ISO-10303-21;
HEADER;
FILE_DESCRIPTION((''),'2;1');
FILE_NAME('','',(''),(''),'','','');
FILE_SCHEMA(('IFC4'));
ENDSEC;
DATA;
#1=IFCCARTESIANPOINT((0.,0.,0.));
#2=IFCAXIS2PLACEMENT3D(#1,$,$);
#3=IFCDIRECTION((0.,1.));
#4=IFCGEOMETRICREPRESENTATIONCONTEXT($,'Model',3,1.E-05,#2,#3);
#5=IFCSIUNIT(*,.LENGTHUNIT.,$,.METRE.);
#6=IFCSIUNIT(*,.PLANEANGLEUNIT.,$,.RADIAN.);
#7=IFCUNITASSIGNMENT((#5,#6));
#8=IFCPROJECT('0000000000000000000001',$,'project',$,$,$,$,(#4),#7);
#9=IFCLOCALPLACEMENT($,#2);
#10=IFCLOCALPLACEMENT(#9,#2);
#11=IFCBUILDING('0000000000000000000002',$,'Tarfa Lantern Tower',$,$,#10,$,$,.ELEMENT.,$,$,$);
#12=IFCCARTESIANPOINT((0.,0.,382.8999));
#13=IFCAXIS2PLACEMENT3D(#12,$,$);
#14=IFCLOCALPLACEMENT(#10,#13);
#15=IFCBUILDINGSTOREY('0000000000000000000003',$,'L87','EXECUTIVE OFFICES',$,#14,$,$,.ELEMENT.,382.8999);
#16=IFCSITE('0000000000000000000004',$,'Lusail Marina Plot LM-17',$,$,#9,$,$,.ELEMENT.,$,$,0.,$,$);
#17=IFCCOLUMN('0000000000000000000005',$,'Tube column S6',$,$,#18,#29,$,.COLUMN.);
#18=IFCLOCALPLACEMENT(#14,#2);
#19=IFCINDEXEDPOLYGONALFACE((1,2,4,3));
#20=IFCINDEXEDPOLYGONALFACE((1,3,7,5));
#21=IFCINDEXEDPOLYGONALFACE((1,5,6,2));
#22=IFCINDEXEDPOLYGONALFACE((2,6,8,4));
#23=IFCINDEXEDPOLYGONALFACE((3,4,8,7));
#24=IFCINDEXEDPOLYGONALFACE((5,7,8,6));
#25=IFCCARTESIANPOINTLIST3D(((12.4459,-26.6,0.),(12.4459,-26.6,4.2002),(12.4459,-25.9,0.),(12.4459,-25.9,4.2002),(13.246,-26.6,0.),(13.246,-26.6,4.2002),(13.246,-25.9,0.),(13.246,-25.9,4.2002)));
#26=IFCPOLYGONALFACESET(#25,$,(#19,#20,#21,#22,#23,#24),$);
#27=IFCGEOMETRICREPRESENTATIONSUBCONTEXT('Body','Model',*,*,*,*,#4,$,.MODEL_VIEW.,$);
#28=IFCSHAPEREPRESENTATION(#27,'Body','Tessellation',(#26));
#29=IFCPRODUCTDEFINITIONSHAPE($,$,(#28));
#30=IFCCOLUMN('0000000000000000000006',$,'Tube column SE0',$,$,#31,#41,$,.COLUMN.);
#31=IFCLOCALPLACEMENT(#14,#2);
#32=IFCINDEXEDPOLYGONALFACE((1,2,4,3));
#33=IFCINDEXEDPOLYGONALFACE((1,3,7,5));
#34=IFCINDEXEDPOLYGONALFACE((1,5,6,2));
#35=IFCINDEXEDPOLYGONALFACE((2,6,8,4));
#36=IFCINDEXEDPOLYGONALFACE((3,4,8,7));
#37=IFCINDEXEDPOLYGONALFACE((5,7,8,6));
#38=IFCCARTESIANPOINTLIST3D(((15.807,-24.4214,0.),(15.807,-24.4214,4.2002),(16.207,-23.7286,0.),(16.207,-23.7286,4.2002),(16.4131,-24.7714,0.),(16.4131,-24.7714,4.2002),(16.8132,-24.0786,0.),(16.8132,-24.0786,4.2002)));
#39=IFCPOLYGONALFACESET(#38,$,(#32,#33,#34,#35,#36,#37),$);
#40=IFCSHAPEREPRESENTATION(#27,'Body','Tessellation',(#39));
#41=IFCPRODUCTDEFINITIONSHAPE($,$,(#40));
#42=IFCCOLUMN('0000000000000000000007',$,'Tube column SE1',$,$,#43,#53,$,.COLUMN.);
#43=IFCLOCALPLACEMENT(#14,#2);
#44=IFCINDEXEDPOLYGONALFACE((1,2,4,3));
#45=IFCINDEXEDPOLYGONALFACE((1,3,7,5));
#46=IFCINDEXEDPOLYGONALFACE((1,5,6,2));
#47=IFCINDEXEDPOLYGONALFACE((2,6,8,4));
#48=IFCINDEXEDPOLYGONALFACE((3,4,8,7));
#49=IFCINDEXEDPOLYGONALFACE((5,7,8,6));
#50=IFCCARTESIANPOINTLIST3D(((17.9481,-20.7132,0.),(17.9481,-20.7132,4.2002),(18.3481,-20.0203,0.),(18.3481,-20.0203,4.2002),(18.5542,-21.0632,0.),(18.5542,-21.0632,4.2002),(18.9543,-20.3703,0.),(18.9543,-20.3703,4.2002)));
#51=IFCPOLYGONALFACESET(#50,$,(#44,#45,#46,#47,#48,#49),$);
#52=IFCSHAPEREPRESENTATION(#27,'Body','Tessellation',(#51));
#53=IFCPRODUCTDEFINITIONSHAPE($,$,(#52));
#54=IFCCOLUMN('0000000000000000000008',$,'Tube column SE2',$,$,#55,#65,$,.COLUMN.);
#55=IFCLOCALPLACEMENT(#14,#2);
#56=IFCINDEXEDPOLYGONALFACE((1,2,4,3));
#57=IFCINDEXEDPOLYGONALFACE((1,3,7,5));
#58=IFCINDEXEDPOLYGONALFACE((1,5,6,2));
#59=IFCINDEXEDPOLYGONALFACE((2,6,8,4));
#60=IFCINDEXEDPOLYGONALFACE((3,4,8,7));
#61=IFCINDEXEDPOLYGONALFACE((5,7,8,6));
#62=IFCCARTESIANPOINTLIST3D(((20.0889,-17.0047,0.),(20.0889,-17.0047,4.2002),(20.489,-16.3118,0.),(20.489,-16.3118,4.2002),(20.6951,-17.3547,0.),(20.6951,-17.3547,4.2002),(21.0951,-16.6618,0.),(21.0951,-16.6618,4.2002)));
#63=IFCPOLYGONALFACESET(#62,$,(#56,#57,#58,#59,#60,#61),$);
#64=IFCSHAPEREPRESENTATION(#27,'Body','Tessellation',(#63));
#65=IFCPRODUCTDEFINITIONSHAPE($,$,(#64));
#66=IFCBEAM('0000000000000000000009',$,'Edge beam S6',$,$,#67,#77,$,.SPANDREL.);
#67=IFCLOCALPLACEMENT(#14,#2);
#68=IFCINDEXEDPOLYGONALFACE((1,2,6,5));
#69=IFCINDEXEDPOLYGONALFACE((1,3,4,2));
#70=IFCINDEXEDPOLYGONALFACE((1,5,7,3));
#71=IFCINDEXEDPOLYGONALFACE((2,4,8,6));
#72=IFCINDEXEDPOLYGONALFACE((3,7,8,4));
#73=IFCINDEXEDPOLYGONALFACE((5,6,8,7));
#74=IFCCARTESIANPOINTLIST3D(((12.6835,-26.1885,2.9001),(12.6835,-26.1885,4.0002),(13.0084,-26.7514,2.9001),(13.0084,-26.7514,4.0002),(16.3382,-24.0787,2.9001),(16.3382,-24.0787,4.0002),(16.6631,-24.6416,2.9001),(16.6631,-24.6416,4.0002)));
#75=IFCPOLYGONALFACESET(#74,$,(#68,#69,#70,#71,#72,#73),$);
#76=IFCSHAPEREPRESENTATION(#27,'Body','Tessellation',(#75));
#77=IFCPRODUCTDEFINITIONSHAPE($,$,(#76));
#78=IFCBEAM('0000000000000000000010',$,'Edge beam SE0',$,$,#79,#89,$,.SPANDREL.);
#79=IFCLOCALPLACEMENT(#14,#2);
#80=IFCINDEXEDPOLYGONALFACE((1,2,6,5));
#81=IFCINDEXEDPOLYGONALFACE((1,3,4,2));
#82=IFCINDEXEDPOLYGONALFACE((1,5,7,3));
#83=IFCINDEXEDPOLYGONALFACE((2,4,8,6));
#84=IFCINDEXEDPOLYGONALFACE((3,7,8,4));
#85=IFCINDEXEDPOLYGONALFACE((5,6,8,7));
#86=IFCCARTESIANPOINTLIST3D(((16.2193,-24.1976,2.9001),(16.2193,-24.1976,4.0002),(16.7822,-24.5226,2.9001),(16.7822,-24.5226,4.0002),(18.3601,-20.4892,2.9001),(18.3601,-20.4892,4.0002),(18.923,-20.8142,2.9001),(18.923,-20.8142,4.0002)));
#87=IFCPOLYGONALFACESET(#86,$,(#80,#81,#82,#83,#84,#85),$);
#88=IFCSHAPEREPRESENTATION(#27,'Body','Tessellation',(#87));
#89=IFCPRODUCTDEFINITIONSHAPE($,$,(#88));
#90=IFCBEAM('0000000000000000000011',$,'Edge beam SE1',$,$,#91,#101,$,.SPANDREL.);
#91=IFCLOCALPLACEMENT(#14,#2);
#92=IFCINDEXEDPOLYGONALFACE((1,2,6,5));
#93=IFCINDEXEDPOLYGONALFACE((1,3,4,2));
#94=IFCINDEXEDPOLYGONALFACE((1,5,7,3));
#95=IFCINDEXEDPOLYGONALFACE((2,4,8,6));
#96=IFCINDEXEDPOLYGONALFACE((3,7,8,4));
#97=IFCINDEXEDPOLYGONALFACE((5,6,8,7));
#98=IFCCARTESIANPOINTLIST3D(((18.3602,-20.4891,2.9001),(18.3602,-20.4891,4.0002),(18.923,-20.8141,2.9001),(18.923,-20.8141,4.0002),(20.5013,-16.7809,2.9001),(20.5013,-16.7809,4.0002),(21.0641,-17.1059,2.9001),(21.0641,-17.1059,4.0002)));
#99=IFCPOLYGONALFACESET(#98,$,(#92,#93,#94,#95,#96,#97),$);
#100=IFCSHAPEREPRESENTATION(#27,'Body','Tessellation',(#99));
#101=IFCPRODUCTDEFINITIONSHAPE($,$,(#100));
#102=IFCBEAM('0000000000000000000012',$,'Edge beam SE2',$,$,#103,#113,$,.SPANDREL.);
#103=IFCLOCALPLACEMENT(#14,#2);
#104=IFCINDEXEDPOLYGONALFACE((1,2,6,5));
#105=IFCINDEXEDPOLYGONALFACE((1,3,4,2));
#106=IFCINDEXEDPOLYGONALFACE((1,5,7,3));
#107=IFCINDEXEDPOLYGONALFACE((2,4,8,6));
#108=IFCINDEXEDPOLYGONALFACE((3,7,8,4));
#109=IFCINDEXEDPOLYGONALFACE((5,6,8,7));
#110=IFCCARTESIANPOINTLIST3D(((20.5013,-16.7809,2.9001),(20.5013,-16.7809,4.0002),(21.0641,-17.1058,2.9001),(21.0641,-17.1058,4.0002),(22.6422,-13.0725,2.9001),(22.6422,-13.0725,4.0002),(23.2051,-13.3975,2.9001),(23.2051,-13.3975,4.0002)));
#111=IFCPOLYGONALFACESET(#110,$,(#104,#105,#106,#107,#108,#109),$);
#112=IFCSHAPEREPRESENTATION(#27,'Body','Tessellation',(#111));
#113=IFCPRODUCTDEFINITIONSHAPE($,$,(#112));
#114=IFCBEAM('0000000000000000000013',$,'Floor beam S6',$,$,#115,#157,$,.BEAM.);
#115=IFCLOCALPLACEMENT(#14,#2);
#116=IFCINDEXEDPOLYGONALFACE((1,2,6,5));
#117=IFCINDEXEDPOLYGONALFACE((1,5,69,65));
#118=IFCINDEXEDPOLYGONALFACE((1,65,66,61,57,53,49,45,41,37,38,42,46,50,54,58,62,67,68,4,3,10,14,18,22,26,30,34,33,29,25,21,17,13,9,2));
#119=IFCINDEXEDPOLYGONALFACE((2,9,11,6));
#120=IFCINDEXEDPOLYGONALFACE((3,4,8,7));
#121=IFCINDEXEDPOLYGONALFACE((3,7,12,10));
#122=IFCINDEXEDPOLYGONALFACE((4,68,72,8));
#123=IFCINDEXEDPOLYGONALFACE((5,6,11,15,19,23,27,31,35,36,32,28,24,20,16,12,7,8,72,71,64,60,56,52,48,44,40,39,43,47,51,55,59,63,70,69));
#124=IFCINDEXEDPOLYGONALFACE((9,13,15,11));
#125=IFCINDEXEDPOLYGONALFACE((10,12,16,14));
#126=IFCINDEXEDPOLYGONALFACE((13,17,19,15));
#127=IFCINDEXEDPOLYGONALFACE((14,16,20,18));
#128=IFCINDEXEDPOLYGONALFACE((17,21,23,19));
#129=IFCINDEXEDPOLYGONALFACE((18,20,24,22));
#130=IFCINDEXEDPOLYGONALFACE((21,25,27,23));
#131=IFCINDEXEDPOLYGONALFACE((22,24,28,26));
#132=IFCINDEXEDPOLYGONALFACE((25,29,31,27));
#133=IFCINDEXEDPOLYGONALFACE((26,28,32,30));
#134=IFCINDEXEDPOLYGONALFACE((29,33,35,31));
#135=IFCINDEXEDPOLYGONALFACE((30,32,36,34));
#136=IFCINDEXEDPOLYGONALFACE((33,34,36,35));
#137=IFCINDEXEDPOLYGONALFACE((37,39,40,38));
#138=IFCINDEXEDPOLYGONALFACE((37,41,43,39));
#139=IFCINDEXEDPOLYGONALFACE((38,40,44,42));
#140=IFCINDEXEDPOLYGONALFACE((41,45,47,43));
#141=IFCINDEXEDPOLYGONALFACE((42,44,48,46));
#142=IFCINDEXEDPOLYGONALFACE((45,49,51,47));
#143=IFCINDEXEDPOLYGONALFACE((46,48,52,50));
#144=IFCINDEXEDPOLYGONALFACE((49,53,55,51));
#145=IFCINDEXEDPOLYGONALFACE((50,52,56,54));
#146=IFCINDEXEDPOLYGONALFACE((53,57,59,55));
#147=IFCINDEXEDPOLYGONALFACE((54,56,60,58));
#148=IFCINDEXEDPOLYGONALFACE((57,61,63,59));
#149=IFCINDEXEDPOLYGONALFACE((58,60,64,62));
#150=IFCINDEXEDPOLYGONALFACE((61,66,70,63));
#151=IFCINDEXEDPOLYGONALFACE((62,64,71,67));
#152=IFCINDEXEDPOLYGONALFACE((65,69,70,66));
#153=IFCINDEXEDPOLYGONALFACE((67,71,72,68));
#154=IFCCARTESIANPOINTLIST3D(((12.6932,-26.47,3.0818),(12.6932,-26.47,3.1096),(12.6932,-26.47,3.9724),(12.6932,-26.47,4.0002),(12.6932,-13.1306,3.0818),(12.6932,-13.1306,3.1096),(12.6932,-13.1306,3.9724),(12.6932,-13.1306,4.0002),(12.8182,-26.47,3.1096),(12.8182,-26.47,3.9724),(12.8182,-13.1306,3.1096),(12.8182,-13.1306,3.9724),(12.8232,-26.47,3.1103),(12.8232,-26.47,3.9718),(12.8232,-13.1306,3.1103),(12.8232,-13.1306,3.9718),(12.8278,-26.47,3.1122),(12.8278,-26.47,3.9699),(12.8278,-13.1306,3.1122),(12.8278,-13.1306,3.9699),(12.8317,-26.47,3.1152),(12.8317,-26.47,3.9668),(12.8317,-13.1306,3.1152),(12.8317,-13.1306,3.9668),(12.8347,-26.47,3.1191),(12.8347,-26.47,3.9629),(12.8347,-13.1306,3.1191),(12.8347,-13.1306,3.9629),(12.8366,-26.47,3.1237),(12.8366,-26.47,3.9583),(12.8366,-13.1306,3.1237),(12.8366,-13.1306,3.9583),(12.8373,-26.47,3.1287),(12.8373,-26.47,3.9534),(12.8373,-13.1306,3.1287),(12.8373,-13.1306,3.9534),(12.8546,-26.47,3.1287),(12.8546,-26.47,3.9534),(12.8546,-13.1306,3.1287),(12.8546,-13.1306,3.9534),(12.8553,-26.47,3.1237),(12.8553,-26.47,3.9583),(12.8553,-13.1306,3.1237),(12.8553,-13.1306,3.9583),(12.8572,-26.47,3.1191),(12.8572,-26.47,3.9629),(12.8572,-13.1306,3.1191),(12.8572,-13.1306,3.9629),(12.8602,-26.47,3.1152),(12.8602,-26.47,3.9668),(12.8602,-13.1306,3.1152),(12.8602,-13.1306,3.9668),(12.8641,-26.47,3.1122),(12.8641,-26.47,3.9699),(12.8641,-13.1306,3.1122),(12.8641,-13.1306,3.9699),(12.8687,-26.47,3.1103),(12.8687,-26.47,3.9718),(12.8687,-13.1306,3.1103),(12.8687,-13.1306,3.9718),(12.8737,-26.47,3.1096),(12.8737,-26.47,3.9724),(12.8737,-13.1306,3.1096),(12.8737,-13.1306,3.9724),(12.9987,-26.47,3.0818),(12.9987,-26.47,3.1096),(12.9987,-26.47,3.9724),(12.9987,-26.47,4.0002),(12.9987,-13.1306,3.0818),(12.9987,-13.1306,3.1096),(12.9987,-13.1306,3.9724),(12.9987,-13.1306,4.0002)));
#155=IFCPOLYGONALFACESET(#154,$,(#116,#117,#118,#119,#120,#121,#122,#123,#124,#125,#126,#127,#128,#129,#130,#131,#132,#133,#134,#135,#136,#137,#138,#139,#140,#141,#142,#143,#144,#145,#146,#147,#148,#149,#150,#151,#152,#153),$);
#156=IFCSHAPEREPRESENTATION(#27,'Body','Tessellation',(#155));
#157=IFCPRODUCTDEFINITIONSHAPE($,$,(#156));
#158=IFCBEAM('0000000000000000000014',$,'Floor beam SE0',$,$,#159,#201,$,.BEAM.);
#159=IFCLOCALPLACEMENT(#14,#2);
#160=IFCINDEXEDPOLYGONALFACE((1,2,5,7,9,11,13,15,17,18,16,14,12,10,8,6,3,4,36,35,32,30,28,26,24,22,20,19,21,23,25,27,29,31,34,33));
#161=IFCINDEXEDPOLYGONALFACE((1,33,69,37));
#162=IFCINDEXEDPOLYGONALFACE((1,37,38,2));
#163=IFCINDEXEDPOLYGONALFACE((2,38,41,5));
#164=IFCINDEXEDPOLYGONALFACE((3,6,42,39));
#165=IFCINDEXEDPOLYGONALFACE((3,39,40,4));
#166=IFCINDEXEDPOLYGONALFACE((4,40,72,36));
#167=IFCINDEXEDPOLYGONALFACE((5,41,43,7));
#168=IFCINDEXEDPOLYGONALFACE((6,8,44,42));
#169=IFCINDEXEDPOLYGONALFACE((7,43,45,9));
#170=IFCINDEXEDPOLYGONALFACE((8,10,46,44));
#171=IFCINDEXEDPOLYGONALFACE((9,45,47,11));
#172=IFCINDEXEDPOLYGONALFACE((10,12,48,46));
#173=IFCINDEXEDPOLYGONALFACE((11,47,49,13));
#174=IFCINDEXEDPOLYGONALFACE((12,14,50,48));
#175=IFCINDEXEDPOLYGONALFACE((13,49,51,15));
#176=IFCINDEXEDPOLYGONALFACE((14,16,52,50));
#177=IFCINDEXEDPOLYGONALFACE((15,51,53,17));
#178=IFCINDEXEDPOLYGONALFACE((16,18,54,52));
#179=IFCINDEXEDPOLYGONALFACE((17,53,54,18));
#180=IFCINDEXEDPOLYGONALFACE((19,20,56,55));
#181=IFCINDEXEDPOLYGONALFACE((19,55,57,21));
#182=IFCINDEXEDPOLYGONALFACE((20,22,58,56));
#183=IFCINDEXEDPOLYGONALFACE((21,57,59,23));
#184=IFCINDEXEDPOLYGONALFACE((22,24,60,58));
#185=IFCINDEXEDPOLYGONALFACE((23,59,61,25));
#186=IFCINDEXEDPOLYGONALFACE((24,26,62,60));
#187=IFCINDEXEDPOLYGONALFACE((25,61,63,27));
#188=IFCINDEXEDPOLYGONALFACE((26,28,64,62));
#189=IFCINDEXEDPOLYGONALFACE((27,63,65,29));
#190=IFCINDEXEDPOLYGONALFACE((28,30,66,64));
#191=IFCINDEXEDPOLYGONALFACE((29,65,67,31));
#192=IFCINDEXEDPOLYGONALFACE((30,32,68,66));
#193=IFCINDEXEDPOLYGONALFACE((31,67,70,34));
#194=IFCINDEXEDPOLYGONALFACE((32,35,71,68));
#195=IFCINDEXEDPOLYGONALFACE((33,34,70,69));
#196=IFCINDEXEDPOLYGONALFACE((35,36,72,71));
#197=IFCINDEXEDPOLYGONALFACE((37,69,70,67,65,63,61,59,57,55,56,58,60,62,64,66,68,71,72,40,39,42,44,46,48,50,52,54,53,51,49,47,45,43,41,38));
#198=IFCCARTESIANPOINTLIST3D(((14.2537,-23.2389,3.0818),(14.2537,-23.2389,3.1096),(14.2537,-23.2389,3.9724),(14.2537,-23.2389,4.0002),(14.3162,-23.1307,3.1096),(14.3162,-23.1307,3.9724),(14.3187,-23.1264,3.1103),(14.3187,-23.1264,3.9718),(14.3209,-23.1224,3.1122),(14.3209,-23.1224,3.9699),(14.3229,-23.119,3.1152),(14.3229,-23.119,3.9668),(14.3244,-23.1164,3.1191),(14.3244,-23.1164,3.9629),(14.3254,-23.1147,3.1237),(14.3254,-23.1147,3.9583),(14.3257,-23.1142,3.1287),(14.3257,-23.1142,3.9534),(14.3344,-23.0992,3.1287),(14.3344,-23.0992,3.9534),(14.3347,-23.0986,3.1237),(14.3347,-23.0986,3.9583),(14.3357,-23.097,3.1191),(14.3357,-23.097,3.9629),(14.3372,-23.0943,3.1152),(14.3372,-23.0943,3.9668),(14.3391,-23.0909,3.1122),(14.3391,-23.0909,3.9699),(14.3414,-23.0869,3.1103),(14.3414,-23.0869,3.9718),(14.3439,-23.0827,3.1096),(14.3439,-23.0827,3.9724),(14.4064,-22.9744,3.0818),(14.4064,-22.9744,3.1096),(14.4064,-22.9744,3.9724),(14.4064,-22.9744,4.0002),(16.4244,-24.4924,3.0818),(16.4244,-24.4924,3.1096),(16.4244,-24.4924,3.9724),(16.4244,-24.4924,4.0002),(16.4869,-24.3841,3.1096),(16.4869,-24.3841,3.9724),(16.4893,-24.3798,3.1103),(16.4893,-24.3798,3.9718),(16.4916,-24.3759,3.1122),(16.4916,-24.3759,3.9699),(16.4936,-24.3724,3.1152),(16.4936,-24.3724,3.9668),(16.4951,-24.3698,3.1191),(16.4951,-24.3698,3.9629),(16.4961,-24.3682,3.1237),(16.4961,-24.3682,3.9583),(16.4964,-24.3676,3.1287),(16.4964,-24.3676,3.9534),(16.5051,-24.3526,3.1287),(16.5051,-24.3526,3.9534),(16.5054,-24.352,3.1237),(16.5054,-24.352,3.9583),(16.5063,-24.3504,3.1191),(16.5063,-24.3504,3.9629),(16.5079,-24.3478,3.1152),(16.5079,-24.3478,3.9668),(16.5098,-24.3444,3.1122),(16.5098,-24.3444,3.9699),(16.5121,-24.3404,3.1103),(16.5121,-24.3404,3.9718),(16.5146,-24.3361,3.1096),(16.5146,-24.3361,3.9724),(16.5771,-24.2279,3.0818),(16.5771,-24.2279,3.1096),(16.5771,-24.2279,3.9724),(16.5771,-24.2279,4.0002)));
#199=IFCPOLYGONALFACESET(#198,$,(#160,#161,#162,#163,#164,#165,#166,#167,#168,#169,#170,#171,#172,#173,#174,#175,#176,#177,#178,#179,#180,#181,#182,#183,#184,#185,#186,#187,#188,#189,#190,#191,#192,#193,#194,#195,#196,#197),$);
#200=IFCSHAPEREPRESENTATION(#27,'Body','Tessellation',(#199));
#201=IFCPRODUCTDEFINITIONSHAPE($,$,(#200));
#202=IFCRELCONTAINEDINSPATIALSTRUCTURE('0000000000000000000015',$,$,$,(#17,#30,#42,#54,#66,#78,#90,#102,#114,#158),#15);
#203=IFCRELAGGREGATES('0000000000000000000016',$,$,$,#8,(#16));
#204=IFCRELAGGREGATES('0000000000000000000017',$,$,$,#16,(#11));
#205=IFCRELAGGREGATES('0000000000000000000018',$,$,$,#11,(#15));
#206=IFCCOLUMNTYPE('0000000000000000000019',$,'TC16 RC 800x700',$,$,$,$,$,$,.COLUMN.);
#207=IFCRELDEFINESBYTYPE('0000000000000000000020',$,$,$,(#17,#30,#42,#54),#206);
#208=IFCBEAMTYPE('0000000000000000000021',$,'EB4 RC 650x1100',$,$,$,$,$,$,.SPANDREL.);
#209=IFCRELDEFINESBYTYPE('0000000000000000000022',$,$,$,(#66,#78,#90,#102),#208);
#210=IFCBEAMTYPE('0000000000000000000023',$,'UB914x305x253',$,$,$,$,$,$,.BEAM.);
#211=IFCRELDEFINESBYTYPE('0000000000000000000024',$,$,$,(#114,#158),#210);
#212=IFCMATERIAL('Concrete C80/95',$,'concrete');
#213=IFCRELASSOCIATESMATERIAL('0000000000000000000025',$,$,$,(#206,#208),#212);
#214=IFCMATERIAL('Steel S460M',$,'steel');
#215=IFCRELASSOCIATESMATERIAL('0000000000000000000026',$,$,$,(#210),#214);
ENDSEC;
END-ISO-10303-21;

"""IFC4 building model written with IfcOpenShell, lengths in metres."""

from ifc_helpers import new_model, si_unit, direction, frame, origin, origin_2d, place, context, subcontext, project, spatial, rectangle, i_section, extrude, material, material_profile, profile_set, type_object, element, save


model = new_model("IFC4")

# Units and contexts
model_context = context("Model", 3, precision=1e-05, world=origin(), true_north=direction((0.0, 1.0)))
body_context = subcontext(model_context, "Body", "Model", "MODEL_VIEW")
ifc_project = project(units=[si_unit("LENGTHUNIT", "METRE"), si_unit("PLANEANGLEUNIT", "RADIAN")], contexts=[model_context])

# Site, building, storey
site_placement = place(None, origin())
site = spatial("IfcSite", under=ifc_project, at=site_placement, Name="Lusail Marina Plot LM-17", CompositionType="ELEMENT", RefElevation=0.0)
building_placement = place(site_placement, origin())
building = spatial("IfcBuilding", under=site, at=building_placement, Name="Tarfa Lantern Tower", CompositionType="ELEMENT")
storey_placement = place(building_placement, frame((0.0, 0.0, 382.8999)))
storey = spatial("IfcBuildingStorey", under=building, at=storey_placement, Name="L87", Description="EXECUTIVE OFFICES", CompositionType="ELEMENT", Elevation=382.8999)

# Columns
ifc_material_1 = material(Name="Concrete C80/95", Category="concrete")
ifc_material_profile_1 = material_profile(ifc_material_1, rectangle(XDim=0.8, YDim=0.7, at=origin_2d()), Name="RC 800x700")
ifc_profile_set_1 = profile_set([ifc_material_profile_1], Name="Concrete C80/95")
column_type = type_object("IfcColumnType", Name="TC16 RC 800x700", PredefinedType="COLUMN", material=ifc_profile_set_1)
for number, where, z_axis, x_axis, name in (
    (1, (12.8459, -26.25, 0.0), (0.0, 0.0, 1.0), (1.0, 0.0, 0.0), "Tube column S6"),
    (2, (16.3101, -24.25, 0.0), (0.0, 0.0, 1.0), (0.5, 0.866025, 0.0), "Tube column SE0"),
    (3, (18.4512, -20.5417, 0.0), (0.0, 0.0, 1.0), (0.5, 0.866025, 0.0), "Tube column SE1"),
    (4, (20.592, -16.8333, 0.0), (0.0, 0.0, 1.0), (0.5, 0.866025, 0.0), "Tube column SE2"),
):
    element("IfcColumn", number, at=place(storey_placement, frame(where, z_axis=z_axis, x_axis=x_axis)), inside=storey, type_object=column_type, Name=name, PredefinedType="COLUMN", context=body_context, shape_type="SweptSolid", body=[
        extrude(rectangle(XDim=0.8, YDim=0.7, at=origin_2d()), origin(), (0.0, 0.0, 1.0), 4.2002),
    ])

# Beams
ifc_material_profile_2 = material_profile(ifc_material_1, rectangle(XDim=0.6499, YDim=1.1001, at=origin_2d()), Name="RC 650x1100")
ifc_profile_set_2 = profile_set([ifc_material_profile_2], Name="Concrete C80/95")
beam_type_1 = type_object("IfcBeamType", Name="EB4 RC 650x1100", PredefinedType="SPANDREL", material=ifc_profile_set_2)
beam_1_placement = place(storey_placement, frame((12.8459, -26.47, 3.4502), z_axis=(0.866049, 0.499959, 0.0), x_axis=(-0.499959, 0.866049, 0.0)))
element("IfcBeam", 5, at=beam_1_placement, inside=storey, type_object=beam_type_1, Name="Edge beam S6", PredefinedType="SPANDREL", context=body_context, shape_type="SweptSolid", body=[
    extrude(rectangle(XDim=0.6499, YDim=1.1001, at=origin_2d()), origin(), (0.0, 0.0, 1.0), 4.22),
])
for number, where, z_axis, x_axis, name in (
    (6, (16.5007, -24.3601, 3.4502), (0.499959, 0.866049, 0.0), (-0.866049, 0.499959, 0.0), "Edge beam SE0"),
    (7, (18.6416, -20.6516, 3.4502), (0.500027, 0.86601, 0.0), (-0.86601, 0.500027, 0.0), "Edge beam SE1"),
    (8, (20.7827, -16.9434, 3.4502), (0.499984, 0.866035, 0.0), (-0.866035, 0.499984, 0.0), "Edge beam SE2"),
):
    element("IfcBeam", number, at=place(storey_placement, frame(where, z_axis=z_axis, x_axis=x_axis)), inside=storey, type_object=beam_type_1, Name=name, PredefinedType="SPANDREL", context=body_context, shape_type="SweptSolid", body=[
        extrude(rectangle(XDim=0.6499, YDim=1.1001, at=origin_2d()), origin(), (0.0, 0.0, 1.0), 4.282),
    ])
ifc_material_2 = material(Name="Steel S460M", Category="steel")
ifc_material_profile_3 = material_profile(ifc_material_2, i_section(OverallWidth=0.3054, OverallDepth=0.9185, WebThickness=0.0173, FlangeThickness=0.0278, FilletRadius=0.019, at=origin_2d()), Name="UB914x305x253")
ifc_profile_set_3 = profile_set([ifc_material_profile_3], Name="Steel S460M")
beam_type_2 = type_object("IfcBeamType", Name="UB914x305x253", PredefinedType="BEAM", material=ifc_profile_set_3)
beam_2_placement = place(storey_placement, frame((12.8459, -26.47, 3.541), z_axis=(0.0, 1.0, 0.0), x_axis=(-1.0, 0.0, 0.0)))
element("IfcBeam", 9, at=beam_2_placement, inside=storey, type_object=beam_type_2, Name="Floor beam S6", PredefinedType="BEAM", context=body_context, shape_type="SweptSolid", body=[
    extrude(i_section(OverallWidth=0.3054, OverallDepth=0.9185, WebThickness=0.0173, FlangeThickness=0.0278, FilletRadius=0.019, at=origin_2d()), origin(), (0.0, 0.0, 1.0), 13.3394),
])
beam_3_placement = place(storey_placement, frame((16.5007, -24.3601, 3.541), z_axis=(-0.865993, 0.500057, 0.0), x_axis=(-0.500057, -0.865993, 0.0)))
element("IfcBeam", 10, at=beam_3_placement, inside=storey, type_object=beam_type_2, Name="Floor beam SE0", PredefinedType="BEAM", context=body_context, shape_type="SweptSolid", body=[
    extrude(i_section(OverallWidth=0.3054, OverallDepth=0.9185, WebThickness=0.0173, FlangeThickness=0.0278, FilletRadius=0.019, at=origin_2d()), origin(), (0.0, 0.0, 1.0), 2.5066),
])

save(model, "model.ifc")
